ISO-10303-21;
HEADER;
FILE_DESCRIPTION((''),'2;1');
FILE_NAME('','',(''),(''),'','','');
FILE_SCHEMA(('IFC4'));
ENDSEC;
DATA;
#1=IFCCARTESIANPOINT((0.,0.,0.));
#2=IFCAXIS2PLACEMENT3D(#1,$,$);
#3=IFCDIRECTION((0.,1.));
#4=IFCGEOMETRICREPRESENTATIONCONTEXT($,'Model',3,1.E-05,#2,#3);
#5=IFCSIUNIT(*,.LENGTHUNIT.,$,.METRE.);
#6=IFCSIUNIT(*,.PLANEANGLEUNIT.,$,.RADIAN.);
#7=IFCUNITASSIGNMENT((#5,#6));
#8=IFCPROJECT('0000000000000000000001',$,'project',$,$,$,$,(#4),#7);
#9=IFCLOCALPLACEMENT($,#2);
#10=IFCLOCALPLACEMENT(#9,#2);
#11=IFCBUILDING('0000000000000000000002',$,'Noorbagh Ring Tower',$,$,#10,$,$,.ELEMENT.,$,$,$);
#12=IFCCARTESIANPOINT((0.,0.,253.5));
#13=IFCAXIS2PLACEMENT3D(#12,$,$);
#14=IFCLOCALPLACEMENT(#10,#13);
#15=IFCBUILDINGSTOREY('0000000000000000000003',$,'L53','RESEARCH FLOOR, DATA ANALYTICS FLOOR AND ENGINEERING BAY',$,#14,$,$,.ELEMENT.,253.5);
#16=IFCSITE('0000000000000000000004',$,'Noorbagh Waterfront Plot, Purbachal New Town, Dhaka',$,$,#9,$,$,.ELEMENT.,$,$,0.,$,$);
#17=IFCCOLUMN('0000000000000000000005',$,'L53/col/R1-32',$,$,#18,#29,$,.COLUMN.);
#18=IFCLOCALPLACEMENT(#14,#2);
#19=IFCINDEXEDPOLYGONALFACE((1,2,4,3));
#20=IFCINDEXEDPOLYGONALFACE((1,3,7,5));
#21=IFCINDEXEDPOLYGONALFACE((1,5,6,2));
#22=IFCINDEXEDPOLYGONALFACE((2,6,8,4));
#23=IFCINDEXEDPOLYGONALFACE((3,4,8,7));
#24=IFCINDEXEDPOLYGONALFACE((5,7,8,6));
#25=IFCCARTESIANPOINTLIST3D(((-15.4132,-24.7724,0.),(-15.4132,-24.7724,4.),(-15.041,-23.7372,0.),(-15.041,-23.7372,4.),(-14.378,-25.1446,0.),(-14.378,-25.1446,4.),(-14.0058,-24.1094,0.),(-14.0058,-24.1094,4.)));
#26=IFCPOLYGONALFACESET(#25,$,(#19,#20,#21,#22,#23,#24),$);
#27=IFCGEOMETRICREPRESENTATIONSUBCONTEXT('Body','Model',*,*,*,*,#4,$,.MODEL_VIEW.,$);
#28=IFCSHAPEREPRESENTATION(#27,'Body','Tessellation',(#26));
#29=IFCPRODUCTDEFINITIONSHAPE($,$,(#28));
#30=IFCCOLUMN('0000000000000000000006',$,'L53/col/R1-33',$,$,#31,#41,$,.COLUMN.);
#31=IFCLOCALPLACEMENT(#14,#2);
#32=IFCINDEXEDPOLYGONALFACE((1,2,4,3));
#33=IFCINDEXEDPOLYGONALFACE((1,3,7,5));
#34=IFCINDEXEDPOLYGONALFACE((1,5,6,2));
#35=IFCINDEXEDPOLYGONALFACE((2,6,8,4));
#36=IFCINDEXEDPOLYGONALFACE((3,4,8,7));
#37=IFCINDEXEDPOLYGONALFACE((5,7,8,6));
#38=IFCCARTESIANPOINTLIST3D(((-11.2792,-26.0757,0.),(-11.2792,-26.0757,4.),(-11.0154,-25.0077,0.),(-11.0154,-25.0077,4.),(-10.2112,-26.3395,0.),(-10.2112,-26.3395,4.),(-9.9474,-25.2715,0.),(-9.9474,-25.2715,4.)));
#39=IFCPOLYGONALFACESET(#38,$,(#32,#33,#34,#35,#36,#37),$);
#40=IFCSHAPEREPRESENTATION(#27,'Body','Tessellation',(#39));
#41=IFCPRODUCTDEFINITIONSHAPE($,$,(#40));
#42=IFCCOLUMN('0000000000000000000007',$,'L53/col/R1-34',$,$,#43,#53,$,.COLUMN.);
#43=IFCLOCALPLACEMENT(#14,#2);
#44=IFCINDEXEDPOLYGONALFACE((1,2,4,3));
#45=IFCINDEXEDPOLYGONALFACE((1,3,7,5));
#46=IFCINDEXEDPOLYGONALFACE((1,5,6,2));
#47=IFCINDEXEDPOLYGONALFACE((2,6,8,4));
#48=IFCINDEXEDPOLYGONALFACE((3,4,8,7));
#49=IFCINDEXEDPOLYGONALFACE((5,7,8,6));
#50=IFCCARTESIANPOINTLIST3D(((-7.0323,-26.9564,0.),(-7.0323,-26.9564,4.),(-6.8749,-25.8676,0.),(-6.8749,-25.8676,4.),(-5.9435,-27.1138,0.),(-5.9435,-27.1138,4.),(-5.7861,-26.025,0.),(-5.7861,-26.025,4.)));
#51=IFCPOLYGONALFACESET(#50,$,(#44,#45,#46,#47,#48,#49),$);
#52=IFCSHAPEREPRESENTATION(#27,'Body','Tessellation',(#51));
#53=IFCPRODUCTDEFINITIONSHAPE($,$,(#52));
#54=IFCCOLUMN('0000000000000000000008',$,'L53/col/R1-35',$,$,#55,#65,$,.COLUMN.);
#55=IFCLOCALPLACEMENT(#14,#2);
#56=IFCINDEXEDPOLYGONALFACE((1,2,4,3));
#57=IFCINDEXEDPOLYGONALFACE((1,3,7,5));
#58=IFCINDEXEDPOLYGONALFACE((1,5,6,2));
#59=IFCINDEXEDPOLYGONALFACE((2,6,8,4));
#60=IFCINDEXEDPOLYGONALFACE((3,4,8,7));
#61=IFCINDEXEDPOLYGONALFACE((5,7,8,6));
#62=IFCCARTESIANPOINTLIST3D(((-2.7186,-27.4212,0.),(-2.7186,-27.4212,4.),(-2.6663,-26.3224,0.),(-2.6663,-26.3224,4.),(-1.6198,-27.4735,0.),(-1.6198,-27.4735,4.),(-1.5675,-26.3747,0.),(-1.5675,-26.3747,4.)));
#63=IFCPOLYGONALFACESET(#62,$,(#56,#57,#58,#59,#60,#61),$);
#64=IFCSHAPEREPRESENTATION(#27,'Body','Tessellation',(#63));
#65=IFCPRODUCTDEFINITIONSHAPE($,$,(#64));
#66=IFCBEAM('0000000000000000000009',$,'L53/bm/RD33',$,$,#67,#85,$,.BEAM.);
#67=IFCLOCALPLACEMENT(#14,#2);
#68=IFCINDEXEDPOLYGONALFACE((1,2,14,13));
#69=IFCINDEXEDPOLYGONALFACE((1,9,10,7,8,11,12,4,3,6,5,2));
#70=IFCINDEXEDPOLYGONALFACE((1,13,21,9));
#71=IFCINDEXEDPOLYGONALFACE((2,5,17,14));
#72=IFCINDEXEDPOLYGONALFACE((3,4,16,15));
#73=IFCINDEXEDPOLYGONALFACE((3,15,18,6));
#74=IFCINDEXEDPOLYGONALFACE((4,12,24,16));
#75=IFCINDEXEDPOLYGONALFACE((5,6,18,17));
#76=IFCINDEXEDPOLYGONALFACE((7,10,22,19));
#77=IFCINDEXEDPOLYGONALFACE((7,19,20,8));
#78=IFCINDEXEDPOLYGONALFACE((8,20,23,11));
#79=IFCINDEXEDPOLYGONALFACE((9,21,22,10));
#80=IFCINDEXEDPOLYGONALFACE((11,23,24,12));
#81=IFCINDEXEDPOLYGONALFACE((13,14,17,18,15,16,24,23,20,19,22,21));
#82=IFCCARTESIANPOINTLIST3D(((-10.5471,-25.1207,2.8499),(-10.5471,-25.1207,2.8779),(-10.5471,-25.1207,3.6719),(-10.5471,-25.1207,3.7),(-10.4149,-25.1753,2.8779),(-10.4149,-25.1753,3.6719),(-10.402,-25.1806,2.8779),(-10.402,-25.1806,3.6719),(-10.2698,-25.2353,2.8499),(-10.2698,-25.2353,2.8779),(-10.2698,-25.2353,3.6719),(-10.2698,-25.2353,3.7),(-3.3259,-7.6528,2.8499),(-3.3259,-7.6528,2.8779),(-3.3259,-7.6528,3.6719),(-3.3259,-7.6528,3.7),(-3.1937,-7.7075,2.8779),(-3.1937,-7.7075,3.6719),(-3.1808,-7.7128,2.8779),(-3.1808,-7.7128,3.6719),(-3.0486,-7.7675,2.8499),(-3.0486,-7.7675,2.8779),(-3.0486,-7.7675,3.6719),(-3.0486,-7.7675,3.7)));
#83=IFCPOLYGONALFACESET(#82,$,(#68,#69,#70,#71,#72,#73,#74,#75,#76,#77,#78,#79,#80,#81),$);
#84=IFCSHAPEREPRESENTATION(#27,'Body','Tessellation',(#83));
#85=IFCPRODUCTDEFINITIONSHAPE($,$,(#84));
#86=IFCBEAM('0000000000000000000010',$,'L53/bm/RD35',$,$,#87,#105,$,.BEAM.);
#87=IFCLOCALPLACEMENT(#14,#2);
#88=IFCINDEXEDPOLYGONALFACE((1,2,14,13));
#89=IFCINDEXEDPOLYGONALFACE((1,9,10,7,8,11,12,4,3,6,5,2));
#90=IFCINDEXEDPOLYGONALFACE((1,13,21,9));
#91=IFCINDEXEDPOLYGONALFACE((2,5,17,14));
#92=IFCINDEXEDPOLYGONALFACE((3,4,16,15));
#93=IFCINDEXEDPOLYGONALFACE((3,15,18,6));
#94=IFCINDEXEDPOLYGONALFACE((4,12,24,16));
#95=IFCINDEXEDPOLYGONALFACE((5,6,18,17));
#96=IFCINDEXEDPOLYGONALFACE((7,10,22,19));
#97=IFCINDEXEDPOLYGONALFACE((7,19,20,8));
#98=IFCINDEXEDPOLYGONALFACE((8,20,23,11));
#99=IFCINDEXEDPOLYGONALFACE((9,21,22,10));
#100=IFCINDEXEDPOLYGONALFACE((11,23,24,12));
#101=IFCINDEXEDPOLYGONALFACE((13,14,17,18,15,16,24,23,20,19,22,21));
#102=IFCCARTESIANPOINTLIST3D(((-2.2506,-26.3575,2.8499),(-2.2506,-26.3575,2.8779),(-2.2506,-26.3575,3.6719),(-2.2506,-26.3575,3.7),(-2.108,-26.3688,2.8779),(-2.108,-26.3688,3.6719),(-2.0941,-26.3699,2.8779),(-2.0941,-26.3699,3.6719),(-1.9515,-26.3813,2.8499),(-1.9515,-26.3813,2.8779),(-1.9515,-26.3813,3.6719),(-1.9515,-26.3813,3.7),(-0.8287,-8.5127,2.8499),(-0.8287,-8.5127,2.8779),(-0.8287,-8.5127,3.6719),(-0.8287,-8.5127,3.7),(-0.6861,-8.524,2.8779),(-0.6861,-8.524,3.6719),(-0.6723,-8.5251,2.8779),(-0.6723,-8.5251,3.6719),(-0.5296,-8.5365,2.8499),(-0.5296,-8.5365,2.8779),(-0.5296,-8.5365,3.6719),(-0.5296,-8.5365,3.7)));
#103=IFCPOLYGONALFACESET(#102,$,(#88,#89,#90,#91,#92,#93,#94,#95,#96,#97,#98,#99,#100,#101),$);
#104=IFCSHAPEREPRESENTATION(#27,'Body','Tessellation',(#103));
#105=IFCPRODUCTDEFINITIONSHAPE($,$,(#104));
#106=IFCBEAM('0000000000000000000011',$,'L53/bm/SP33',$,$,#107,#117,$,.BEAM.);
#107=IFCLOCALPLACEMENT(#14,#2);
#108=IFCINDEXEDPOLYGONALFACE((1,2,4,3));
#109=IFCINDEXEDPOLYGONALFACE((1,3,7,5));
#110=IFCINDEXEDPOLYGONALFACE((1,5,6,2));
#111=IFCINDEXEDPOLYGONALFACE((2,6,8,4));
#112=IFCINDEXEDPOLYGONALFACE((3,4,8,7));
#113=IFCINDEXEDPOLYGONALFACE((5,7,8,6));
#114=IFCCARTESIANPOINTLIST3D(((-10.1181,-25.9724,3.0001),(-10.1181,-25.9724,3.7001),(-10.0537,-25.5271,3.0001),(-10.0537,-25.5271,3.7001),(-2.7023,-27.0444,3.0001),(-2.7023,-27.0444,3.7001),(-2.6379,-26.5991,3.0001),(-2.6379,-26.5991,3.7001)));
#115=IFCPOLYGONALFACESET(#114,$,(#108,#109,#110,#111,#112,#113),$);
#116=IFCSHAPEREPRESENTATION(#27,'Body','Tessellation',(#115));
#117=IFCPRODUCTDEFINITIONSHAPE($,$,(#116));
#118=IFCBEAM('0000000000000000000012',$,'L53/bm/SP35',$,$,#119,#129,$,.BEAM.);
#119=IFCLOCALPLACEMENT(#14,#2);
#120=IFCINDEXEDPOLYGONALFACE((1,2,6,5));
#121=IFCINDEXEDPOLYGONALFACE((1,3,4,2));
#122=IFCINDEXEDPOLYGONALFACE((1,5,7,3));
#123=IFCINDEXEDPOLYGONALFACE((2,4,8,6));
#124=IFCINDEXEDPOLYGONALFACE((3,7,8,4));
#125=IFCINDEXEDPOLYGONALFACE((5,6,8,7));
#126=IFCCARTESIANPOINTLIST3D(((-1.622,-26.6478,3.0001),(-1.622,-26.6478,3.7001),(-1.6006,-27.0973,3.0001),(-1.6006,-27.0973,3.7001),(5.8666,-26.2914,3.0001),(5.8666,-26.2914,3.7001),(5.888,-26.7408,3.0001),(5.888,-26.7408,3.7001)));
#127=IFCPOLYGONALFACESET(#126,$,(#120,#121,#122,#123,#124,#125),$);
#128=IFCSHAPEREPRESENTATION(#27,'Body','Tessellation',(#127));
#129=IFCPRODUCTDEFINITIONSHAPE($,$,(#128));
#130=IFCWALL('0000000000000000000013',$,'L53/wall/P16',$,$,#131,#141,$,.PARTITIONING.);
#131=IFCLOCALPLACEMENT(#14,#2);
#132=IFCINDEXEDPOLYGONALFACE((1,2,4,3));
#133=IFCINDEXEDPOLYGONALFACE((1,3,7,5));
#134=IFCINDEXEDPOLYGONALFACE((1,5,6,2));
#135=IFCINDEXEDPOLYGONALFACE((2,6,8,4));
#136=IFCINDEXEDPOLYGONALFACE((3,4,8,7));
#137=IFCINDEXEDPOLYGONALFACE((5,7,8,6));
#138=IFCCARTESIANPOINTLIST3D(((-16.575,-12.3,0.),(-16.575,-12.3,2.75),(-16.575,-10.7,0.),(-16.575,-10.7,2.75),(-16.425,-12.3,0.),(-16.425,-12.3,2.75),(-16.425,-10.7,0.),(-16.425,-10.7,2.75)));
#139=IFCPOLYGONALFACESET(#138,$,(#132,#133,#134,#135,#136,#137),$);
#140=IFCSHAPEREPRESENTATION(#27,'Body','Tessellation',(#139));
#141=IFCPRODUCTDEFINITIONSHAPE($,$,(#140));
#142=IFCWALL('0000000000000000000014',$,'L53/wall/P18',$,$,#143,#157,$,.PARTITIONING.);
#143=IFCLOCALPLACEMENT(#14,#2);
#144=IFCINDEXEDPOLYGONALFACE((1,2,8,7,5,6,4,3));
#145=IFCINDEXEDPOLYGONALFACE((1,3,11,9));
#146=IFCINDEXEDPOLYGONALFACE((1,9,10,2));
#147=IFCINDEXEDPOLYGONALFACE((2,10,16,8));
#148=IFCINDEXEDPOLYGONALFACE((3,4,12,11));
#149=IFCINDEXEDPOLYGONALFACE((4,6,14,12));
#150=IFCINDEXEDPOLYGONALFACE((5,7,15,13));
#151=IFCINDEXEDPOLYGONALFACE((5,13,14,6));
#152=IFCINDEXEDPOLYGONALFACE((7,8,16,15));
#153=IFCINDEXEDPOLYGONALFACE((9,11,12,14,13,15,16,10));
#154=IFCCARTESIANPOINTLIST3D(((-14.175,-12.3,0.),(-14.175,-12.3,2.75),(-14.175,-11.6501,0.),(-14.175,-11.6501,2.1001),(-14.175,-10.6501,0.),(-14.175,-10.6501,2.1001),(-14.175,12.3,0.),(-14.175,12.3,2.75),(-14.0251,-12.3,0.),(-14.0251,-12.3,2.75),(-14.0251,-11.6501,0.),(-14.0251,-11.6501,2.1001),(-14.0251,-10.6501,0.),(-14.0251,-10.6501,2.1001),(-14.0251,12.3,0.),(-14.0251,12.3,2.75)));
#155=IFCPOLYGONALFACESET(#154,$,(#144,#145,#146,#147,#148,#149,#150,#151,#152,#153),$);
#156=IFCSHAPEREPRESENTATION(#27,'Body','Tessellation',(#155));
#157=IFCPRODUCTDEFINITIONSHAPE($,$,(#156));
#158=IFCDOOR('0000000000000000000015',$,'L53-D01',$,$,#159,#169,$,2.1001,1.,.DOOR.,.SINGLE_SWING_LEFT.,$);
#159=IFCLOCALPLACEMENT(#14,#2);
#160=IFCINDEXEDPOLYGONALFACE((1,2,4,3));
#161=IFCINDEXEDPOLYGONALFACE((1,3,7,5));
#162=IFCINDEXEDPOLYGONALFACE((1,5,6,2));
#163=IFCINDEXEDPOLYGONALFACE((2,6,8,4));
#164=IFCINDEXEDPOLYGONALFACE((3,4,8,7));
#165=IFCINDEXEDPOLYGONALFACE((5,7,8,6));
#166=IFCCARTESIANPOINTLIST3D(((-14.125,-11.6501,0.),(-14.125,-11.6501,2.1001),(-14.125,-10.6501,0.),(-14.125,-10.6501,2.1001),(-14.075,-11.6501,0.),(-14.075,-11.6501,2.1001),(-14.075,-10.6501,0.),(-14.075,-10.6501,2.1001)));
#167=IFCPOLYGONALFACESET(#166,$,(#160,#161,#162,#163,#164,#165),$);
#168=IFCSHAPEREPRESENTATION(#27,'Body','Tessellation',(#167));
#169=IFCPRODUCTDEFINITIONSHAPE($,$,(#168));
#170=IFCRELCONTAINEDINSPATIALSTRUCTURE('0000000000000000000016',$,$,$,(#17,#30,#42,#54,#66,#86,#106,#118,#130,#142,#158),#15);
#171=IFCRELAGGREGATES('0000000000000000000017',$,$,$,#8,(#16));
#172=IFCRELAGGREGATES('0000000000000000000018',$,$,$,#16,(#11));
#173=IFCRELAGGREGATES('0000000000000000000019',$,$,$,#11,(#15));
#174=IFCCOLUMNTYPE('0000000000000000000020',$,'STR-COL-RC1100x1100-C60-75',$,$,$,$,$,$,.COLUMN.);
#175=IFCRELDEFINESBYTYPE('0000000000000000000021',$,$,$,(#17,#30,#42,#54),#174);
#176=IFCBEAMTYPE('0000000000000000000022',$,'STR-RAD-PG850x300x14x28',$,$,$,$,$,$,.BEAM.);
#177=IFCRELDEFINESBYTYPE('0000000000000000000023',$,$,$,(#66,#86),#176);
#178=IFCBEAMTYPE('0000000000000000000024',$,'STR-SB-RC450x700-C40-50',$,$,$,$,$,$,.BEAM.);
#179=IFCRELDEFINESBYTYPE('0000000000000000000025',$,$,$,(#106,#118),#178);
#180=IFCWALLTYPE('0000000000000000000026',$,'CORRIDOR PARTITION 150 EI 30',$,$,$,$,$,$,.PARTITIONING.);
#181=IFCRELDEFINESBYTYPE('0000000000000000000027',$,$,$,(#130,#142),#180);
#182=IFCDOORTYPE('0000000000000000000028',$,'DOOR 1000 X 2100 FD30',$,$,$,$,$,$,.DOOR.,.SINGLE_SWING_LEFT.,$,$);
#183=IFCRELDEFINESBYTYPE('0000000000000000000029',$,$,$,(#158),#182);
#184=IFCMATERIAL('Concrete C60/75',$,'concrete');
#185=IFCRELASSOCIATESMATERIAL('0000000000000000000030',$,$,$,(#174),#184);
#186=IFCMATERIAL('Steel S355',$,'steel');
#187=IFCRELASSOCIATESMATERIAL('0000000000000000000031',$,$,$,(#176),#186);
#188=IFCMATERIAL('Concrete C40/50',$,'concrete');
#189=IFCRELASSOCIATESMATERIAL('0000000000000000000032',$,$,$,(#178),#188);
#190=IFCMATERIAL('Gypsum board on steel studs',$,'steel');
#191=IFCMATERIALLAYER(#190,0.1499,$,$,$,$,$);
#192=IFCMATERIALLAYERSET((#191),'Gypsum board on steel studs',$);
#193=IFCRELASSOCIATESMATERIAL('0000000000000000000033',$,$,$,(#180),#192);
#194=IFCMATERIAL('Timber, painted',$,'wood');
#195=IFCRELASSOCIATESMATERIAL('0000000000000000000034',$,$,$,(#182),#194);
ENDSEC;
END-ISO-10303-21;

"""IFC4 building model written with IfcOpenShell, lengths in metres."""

from ifc_helpers import new_model, si_unit, direction, frame, frame_2d, origin, origin_2d, place, context, subcontext, project, spatial, rectangle, i_section, extrude, material, layer, layer_set, material_profile, profile_set, type_object, element, fill, save


model = new_model("IFC4")

# Units and contexts
model_context = context("Model", 3, precision=1e-05, world=origin(), true_north=direction((0.0, 1.0)))
body_context = subcontext(model_context, "Body", "Model", "MODEL_VIEW")
ifc_project = project(units=[si_unit("LENGTHUNIT", "METRE"), si_unit("PLANEANGLEUNIT", "RADIAN")], contexts=[model_context])

# Site, building, storey
site_placement = place(None, origin())
site = spatial("IfcSite", under=ifc_project, at=site_placement, Name="Noorbagh Waterfront Plot, Purbachal New Town, Dhaka", CompositionType="ELEMENT", RefElevation=0.0)
building_placement = place(site_placement, origin())
building = spatial("IfcBuilding", under=site, at=building_placement, Name="Noorbagh Ring Tower", CompositionType="ELEMENT")
storey_placement = place(building_placement, frame((0.0, 0.0, 253.5)))
storey = spatial("IfcBuildingStorey", under=building, at=storey_placement, Name="L53", Description="RESEARCH FLOOR, DATA ANALYTICS FLOOR AND ENGINEERING BAY", CompositionType="ELEMENT", Elevation=253.5)

# Columns
ifc_material_1 = material(Name="Concrete C60/75", Category="concrete")
ifc_material_profile_1 = material_profile(ifc_material_1, rectangle(XDim=1.1001, YDim=1.1001, at=origin_2d()), Name="RC1100x1100")
ifc_profile_set_1 = profile_set([ifc_material_profile_1], Name="Concrete C60/75")
column_type = type_object("IfcColumnType", Name="STR-COL-RC1100x1100-C60-75", PredefinedType="COLUMN", material=ifc_profile_set_1)
for number, where, z_axis, x_axis, name in (
    (1, (-14.7095, -24.4409, 0.0), (0.0, 0.0, 1.0), (0.941025, -0.338338, 0.0), "L53/col/R1-32"),
    (2, (-10.6133, -25.6736, 0.0), (0.0, 0.0, 1.0), (0.970829, -0.239771, 0.0), "L53/col/R1-33"),
    (3, (-6.4092, -26.4907, 0.0), (0.0, 0.0, 1.0), (0.989713, -0.143066, 0.0), "L53/col/R1-34"),
    (4, (-2.1431, -26.8979, 0.0), (0.0, 0.0, 1.0), (0.998869, -0.047553, 0.0), "L53/col/R1-35"),
):
    element("IfcColumn", number, at=place(storey_placement, frame(where, z_axis=z_axis, x_axis=x_axis)), inside=storey, type_object=column_type, Name=name, PredefinedType="COLUMN", context=body_context, shape_type="SweptSolid", body=[
        extrude(rectangle(XDim=1.1001, YDim=1.1001, at=origin_2d()), origin(), (0.0, 0.0, 1.0), 4.0),
    ])

# Beams
ifc_material_2 = material(Name="Steel S355", Category="steel")
ifc_material_profile_2 = material_profile(ifc_material_2, i_section(OverallWidth=0.3, OverallDepth=0.8501, WebThickness=0.0139, FlangeThickness=0.0281, at=origin_2d()), Name="PG850x300x14x28")
ifc_profile_set_2 = profile_set([ifc_material_profile_2], Name="Steel S355")
beam_type_1 = type_object("IfcBeamType", Name="STR-RAD-PG850x300x14x28", PredefinedType="BEAM", material=ifc_profile_set_2)
beam_1_placement = place(storey_placement, frame((-10.4084, -25.178, 3.2749), z_axis=(0.382042, 0.924145, 0.0), x_axis=(-0.924145, 0.382042, 0.0)))
element("IfcBeam", 5, at=beam_1_placement, inside=storey, type_object=beam_type_1, Name="L53/bm/RD33", PredefinedType="BEAM", context=body_context, shape_type="SweptSolid", body=[
    extrude(i_section(OverallWidth=0.3, OverallDepth=0.8501, WebThickness=0.0139, FlangeThickness=0.0281, at=origin_2d()), origin(), (0.0, 0.0, 1.0), 18.9016),
])
beam_2_placement = place(storey_placement, frame((-2.1011, -26.3694, 3.2749), z_axis=(0.079429, 0.996841, 0.0), x_axis=(-0.996841, 0.079429, 0.0)))
element("IfcBeam", 6, at=beam_2_placement, inside=storey, type_object=beam_type_1, Name="L53/bm/RD35", PredefinedType="BEAM", context=body_context, shape_type="SweptSolid", body=[
    extrude(i_section(OverallWidth=0.3, OverallDepth=0.8501, WebThickness=0.0139, FlangeThickness=0.0281, at=origin_2d()), origin(), (0.0, 0.0, 1.0), 17.9014),
])
ifc_material_3 = material(Name="Concrete C40/50", Category="concrete")
ifc_material_profile_3 = material_profile(ifc_material_3, rectangle(XDim=0.45, YDim=0.7, at=origin_2d()), Name="RC450x700")
ifc_profile_set_3 = profile_set([ifc_material_profile_3], Name="Concrete C40/50")
beam_type_2 = type_object("IfcBeamType", Name="STR-SB-RC450x700-C40-50", PredefinedType="BEAM", material=ifc_profile_set_3)
beam_3_placement = place(storey_placement, frame((-10.0859, -25.7498, 3.3501), z_axis=(0.989712, -0.143072, 0.0), x_axis=(0.143072, 0.989712, 0.0)))
element("IfcBeam", 7, at=beam_3_placement, inside=storey, type_object=beam_type_2, Name="L53/bm/SP33", PredefinedType="BEAM", context=body_context, shape_type="SweptSolid", body=[
    extrude(rectangle(XDim=0.45, YDim=0.7, at=origin_2d()), origin(), (0.0, 0.0, 1.0), 7.4929),
])
beam_4_placement = place(storey_placement, frame((-1.6113, -26.8726, 3.3501), z_axis=(0.998869, 0.047545, 0.0), x_axis=(-0.047545, 0.998869, 0.0)))
element("IfcBeam", 8, at=beam_4_placement, inside=storey, type_object=beam_type_2, Name="L53/bm/SP35", PredefinedType="BEAM", context=body_context, shape_type="SweptSolid", body=[
    extrude(rectangle(XDim=0.45, YDim=0.7, at=origin_2d()), origin(), (0.0, 0.0, 1.0), 7.4971),
])

# Wall
ifc_material_4 = material(Name="Gypsum board on steel studs", Category="steel")
ifc_layer_1 = layer(ifc_material_4, 0.1499)
ifc_layer_set_1 = layer_set([ifc_layer_1], Name="Gypsum board on steel studs")
wall_type_1 = type_object("IfcWallType", Name="CORRIDOR PARTITION 150 EI 30", PredefinedType="PARTITIONING", material=ifc_layer_set_1)
wall_1_placement = place(storey_placement, frame((-16.5, -12.3, 0.0), z_axis=(0.0, 0.0, 1.0), x_axis=(0.0, 1.0, 0.0)))
element("IfcWall", 9, at=wall_1_placement, inside=storey, type_object=wall_type_1, Name="L53/wall/P16", PredefinedType="PARTITIONING", context=body_context, shape_type="SweptSolid", body=[
    extrude(rectangle(XDim=1.6001, YDim=0.1499, at=frame_2d((0.8, 0.0))), origin(), (0.0, 0.0, 1.0), 2.75),
])

# Wall, opening, door
wall_2_placement = place(storey_placement, frame((-14.1001, -12.3, 0.0), z_axis=(0.0, 0.0, 1.0), x_axis=(0.0, 1.0, 0.0)))
wall_2 = element("IfcWall", 10, at=wall_2_placement, inside=storey, type_object=wall_type_1, Name="L53/wall/P18", PredefinedType="PARTITIONING", context=body_context, shape_type="SweptSolid", body=[
    extrude(rectangle(XDim=24.6001, YDim=0.1499, at=frame_2d((12.3, 0.0))), origin(), (0.0, 0.0, 1.0), 2.75),
])
opening_1_placement = place(wall_2_placement, frame((0.6499, 0.0, 0.0)))
opening_1 = element("IfcOpeningElement", 11, at=opening_1_placement, cuts=wall_2, PredefinedType="OPENING", context=body_context, shape_type="SweptSolid", body=[
    extrude(rectangle(XDim=1.0, YDim=2.1001, at=frame_2d((0.5, 1.05))), frame((0.0, 0.085, 0.0), z_axis=(0.0, -1.0, 0.0), x_axis=(1.0, 0.0, 0.0)), (0.0, 0.0, 1.0), 0.1699),
])
ifc_material_5 = material(Name="Timber, painted", Category="wood")
door_type = type_object("IfcDoorType", Name="DOOR 1000 X 2100 FD30", OperationType="SINGLE_SWING_LEFT", PredefinedType="DOOR", material=ifc_material_5)
door_1_placement = place(opening_1_placement, origin())
door_1 = element("IfcDoor", 12, at=door_1_placement, inside=storey, type_object=door_type, Name="L53-D01", OperationType="SINGLE_SWING_LEFT", OverallHeight=2.1001, OverallWidth=1.0, PredefinedType="DOOR", context=body_context, shape_type="SweptSolid", body=[
    extrude(rectangle(XDim=1.0, YDim=2.1001, at=frame_2d((0.5, 1.05))), frame((0.0, 0.0249, 0.0), z_axis=(0.0, -1.0, 0.0), x_axis=(1.0, 0.0, 0.0)), (0.0, 0.0, 1.0), 0.05),
])
fill(opening_1, door_1)

save(model, "model.ifc")
